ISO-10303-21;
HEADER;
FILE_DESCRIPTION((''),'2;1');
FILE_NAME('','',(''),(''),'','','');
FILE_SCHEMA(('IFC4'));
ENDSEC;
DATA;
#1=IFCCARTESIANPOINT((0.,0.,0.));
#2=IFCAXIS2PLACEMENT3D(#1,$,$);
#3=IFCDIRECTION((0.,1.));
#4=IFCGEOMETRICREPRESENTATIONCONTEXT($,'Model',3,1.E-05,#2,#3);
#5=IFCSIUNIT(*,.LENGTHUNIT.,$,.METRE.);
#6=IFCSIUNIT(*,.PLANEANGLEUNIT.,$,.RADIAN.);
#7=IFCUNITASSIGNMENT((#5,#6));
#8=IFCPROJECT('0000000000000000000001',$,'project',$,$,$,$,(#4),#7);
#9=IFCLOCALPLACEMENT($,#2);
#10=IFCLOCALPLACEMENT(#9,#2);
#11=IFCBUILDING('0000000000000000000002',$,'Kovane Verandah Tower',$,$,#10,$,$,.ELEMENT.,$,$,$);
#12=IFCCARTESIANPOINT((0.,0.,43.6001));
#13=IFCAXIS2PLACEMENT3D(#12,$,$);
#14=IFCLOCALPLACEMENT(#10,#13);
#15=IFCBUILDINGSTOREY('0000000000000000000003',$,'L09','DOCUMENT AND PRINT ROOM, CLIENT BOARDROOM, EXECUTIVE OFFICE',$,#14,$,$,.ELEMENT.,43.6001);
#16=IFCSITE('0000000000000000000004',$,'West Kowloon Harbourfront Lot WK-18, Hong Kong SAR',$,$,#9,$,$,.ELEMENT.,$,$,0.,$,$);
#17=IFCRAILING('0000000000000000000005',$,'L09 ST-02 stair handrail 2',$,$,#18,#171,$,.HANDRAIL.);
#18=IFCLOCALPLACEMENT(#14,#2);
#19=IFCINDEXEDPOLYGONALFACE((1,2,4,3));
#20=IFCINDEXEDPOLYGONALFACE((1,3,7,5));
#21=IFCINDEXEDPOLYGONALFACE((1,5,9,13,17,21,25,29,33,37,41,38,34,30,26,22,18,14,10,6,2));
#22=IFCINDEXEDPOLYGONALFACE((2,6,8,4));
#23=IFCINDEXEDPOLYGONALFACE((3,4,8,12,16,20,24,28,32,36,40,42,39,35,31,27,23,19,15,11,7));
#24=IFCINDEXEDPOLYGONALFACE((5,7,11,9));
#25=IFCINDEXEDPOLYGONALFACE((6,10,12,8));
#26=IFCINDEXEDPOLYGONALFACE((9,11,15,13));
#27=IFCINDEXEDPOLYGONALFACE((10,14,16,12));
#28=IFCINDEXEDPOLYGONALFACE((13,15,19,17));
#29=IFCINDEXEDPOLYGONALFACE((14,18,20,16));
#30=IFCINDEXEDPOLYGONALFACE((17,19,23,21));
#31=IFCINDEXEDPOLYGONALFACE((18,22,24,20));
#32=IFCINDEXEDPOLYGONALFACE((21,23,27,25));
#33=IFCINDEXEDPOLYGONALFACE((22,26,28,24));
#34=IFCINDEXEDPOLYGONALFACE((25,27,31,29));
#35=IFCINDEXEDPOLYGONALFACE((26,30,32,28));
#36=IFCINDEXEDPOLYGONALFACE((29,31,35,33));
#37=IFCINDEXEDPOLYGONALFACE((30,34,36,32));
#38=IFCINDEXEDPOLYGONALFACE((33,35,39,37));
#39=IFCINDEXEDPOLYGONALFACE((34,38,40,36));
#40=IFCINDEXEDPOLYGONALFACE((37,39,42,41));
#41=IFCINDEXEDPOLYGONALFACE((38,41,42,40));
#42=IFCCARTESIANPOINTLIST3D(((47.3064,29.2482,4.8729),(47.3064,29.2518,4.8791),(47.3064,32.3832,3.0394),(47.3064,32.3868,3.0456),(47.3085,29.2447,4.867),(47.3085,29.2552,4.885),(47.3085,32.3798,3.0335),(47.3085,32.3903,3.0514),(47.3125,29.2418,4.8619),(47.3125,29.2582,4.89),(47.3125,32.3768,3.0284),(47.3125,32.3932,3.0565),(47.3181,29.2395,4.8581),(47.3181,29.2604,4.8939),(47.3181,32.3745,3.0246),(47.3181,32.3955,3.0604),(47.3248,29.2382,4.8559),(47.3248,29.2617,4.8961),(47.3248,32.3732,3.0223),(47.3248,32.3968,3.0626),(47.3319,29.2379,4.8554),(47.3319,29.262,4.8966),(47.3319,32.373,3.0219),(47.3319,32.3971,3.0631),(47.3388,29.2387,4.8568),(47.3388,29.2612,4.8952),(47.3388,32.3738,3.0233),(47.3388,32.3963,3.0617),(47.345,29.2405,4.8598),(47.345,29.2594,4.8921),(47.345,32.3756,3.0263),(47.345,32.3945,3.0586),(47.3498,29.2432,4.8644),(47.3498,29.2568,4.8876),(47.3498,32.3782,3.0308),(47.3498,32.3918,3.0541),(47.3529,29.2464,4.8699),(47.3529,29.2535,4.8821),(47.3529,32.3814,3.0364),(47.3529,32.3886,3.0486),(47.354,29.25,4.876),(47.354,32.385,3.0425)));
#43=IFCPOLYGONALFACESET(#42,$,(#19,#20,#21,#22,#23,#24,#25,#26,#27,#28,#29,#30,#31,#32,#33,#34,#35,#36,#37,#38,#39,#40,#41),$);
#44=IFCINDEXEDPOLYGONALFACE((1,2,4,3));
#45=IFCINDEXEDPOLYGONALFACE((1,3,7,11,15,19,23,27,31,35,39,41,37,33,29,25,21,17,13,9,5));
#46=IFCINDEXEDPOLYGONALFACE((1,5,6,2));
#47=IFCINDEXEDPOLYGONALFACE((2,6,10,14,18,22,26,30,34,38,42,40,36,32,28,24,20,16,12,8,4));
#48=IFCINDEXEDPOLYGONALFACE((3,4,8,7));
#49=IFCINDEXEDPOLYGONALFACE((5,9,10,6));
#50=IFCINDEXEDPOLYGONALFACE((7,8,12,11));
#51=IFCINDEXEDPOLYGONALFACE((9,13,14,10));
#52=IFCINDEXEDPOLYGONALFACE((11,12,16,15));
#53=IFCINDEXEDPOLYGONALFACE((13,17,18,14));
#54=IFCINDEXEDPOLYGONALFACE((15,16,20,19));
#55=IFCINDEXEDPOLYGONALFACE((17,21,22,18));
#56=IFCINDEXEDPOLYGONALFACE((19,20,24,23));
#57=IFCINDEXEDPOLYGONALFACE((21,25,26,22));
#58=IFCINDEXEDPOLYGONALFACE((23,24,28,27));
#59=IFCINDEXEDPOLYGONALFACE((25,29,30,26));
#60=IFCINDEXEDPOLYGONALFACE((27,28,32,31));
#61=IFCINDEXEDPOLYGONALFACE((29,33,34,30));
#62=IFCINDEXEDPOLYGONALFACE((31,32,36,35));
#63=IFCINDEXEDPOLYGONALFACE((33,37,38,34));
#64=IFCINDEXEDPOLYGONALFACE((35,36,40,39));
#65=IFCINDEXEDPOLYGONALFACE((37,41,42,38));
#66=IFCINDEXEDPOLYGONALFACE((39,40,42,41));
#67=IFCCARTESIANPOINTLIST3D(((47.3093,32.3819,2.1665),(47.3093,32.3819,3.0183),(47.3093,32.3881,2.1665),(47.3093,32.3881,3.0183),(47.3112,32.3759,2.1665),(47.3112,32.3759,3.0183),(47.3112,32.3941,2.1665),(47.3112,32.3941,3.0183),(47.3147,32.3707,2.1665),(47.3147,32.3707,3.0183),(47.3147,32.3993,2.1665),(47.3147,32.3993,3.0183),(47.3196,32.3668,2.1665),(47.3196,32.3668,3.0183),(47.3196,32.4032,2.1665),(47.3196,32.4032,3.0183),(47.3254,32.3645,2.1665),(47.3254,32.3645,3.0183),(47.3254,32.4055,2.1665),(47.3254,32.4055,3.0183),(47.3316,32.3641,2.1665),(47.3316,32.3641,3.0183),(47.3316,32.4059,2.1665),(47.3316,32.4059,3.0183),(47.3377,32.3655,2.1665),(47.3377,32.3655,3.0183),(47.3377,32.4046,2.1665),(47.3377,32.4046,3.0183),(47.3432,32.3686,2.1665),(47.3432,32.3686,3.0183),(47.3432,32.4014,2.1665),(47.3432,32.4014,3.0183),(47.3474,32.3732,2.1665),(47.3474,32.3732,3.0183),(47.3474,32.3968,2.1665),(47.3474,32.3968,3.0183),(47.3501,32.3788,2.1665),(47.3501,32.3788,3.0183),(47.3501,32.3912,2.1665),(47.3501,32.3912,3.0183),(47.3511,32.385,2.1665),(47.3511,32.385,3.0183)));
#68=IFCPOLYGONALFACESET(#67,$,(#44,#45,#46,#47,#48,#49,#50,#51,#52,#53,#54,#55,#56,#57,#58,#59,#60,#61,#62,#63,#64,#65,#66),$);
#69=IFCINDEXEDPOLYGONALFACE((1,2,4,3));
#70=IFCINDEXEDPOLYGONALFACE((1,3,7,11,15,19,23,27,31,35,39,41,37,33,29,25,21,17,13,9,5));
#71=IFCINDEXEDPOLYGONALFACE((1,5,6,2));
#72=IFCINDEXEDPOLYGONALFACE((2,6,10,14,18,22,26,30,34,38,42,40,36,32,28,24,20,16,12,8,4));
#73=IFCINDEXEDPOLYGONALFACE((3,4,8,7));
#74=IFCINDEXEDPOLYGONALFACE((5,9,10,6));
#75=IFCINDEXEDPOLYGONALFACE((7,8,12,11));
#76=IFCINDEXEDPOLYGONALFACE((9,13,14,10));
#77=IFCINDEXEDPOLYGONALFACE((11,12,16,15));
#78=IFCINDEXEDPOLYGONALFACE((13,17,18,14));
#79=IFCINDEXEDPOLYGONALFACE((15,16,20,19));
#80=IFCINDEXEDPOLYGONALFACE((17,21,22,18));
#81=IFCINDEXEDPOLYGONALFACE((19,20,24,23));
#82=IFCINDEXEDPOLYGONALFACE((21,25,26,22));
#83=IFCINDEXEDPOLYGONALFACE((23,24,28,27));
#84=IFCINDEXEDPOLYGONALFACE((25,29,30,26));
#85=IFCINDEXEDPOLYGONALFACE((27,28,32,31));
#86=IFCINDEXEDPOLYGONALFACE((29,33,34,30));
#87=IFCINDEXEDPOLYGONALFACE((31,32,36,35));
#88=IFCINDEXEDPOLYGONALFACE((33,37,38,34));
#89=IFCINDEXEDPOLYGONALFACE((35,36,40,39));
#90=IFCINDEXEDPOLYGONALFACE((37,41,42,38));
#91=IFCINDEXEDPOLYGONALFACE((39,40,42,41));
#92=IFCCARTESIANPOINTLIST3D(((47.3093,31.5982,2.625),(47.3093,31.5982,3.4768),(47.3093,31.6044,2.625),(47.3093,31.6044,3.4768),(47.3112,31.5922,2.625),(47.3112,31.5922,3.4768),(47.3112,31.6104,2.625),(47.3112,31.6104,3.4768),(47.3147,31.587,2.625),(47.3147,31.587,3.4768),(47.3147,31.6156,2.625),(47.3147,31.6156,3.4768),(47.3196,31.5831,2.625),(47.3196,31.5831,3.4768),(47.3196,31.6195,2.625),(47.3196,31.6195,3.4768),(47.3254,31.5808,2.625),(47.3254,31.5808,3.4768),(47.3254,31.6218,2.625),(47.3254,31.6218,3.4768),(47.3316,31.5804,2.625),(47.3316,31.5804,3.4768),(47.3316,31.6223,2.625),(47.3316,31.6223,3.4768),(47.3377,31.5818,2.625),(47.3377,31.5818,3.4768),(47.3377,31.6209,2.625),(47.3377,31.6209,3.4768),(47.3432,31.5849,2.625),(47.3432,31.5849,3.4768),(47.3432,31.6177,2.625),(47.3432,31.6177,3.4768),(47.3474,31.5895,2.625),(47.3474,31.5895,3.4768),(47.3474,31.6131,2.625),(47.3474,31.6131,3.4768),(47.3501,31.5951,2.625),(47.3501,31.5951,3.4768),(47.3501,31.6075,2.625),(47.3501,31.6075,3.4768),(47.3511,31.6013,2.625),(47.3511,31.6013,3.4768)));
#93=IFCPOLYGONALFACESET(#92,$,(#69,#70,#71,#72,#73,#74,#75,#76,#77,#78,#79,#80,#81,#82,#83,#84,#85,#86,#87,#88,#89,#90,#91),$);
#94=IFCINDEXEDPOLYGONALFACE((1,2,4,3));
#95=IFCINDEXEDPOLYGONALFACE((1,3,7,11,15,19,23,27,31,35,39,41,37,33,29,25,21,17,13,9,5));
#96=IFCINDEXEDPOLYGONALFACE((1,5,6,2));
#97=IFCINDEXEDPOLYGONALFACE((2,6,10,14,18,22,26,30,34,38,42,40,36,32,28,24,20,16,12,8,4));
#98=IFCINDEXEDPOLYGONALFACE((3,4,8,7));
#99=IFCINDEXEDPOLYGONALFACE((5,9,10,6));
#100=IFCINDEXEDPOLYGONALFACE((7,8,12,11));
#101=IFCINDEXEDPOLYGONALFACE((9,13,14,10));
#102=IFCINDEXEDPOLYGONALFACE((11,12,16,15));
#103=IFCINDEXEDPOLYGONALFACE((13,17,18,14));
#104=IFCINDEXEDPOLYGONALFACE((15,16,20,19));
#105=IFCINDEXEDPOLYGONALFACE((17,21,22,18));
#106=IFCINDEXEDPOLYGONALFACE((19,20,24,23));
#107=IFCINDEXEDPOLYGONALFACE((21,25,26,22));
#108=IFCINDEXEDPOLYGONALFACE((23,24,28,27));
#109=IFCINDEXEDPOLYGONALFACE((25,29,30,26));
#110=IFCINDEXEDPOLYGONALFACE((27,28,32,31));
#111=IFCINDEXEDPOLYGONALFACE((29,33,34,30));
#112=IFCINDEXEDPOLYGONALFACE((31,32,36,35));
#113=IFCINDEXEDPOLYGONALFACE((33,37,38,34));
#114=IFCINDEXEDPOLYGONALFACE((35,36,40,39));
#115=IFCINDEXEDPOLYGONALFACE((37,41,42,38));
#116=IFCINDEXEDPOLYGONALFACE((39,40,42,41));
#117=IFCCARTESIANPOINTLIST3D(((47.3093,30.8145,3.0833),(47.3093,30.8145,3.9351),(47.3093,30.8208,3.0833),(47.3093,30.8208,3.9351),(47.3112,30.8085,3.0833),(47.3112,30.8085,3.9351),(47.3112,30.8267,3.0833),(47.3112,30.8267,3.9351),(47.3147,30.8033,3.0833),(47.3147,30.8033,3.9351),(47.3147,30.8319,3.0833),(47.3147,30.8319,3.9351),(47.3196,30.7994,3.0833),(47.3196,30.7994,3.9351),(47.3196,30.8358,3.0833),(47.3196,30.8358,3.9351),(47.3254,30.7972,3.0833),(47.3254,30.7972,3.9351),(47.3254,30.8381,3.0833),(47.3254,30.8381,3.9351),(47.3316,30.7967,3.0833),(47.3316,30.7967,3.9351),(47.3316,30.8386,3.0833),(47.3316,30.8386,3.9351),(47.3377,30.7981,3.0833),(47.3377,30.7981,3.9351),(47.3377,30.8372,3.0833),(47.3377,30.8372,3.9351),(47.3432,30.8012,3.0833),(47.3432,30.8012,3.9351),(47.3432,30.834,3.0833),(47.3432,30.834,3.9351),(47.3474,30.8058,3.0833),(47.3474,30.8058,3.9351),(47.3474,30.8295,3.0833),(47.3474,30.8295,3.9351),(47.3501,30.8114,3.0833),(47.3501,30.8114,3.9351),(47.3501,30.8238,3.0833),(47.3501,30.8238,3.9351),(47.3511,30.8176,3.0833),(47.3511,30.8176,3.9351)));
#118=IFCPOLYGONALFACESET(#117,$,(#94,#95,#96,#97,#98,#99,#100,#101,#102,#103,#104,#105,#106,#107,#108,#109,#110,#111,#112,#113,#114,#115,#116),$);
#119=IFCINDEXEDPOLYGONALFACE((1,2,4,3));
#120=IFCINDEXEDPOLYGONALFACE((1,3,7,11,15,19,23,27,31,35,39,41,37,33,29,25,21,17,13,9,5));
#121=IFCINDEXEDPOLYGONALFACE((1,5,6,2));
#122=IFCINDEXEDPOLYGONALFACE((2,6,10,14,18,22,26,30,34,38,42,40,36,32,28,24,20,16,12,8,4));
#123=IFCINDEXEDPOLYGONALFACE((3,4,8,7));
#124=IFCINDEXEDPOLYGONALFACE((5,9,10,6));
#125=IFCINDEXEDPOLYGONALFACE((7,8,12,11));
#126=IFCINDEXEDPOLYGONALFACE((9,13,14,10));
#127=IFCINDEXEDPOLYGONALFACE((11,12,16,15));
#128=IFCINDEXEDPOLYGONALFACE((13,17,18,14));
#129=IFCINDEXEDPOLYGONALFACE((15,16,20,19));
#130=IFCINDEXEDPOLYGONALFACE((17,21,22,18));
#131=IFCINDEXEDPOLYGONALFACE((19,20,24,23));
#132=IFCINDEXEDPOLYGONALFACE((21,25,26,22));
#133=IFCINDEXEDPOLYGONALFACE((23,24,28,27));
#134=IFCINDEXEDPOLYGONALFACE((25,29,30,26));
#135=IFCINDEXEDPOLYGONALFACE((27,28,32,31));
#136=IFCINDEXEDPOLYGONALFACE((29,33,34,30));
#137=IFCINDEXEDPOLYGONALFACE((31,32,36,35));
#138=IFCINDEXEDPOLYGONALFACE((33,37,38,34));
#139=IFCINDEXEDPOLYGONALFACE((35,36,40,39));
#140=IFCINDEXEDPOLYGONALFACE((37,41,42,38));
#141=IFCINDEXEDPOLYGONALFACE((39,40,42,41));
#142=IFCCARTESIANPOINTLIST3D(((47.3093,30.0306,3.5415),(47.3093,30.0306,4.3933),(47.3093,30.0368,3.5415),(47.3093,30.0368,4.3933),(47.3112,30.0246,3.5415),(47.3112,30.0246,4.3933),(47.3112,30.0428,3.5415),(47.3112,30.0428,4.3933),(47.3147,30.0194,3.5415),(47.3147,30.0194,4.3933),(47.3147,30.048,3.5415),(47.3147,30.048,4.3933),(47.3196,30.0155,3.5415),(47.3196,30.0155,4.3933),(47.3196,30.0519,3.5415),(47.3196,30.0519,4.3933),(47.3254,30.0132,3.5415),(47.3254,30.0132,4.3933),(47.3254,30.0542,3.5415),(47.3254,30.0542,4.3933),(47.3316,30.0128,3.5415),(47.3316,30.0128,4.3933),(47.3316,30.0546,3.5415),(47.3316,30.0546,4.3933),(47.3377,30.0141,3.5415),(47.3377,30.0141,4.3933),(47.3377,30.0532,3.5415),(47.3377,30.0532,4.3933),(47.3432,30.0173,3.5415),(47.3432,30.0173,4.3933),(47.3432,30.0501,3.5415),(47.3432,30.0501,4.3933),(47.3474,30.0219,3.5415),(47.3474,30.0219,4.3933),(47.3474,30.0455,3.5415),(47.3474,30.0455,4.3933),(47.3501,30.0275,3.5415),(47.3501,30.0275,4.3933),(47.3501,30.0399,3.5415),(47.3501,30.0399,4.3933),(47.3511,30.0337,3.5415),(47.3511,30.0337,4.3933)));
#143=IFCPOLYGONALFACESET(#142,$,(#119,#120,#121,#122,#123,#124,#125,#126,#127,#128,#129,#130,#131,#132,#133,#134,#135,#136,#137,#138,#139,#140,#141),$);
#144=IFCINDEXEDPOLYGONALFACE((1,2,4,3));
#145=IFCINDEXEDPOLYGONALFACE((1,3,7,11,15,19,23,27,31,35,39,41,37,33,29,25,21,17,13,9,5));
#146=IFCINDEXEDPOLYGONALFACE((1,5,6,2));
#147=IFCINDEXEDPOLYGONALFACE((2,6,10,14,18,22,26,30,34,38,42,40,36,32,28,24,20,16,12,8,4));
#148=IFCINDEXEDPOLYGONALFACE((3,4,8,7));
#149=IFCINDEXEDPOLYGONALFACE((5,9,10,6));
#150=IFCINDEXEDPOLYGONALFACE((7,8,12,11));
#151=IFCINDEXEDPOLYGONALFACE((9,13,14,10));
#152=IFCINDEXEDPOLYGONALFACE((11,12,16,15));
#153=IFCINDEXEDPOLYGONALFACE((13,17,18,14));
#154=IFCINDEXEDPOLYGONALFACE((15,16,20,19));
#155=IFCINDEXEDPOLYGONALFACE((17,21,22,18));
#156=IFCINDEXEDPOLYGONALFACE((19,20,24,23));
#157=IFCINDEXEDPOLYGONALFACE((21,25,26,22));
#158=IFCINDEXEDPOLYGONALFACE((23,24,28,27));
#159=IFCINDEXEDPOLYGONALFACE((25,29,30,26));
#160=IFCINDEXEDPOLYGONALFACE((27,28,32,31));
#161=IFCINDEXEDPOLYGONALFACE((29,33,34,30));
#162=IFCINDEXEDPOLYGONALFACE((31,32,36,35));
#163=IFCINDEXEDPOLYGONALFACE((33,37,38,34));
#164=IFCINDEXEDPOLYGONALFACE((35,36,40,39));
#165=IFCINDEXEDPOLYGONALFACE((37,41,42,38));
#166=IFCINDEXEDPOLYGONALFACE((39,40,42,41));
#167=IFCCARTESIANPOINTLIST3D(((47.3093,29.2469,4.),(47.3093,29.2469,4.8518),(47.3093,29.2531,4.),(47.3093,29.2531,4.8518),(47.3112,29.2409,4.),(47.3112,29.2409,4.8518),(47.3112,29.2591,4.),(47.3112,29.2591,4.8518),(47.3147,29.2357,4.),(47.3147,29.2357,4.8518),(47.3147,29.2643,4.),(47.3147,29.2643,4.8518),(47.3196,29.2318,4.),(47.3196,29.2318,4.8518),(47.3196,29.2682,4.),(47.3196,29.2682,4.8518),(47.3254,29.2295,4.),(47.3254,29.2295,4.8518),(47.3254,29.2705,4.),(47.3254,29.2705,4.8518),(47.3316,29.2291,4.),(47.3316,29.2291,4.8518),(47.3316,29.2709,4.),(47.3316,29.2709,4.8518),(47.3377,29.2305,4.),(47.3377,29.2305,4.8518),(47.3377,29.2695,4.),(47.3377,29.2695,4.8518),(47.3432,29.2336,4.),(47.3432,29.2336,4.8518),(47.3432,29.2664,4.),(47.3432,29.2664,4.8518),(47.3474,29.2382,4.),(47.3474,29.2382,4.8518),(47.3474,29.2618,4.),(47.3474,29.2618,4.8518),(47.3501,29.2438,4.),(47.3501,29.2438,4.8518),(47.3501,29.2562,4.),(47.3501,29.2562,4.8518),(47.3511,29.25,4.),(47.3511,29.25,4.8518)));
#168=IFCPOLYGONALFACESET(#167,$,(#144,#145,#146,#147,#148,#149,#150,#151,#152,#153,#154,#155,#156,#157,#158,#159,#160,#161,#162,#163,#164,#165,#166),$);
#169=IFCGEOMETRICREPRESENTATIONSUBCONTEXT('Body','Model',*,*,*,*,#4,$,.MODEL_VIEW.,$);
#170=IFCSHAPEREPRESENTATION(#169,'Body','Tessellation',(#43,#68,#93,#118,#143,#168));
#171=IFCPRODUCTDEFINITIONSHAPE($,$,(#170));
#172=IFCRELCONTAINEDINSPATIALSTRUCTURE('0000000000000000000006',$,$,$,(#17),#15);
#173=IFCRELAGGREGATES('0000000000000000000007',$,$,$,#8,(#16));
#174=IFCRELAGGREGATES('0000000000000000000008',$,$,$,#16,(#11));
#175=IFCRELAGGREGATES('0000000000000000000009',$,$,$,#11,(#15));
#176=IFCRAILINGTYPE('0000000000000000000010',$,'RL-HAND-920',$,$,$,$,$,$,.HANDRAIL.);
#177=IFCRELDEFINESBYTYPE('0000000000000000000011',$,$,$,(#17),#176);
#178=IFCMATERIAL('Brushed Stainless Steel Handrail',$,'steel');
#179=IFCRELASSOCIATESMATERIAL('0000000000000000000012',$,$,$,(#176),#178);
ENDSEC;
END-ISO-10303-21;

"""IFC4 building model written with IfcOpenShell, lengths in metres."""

from ifc_helpers import new_model, si_unit, direction, frame, origin, origin_2d, place, context, subcontext, project, spatial, circle, extrude, material, type_object, element, save


model = new_model("IFC4")

# Units and contexts
model_context = context("Model", 3, precision=1e-05, world=origin(), true_north=direction((0.0, 1.0)))
body_context = subcontext(model_context, "Body", "Model", "MODEL_VIEW")
ifc_project = project(units=[si_unit("LENGTHUNIT", "METRE"), si_unit("PLANEANGLEUNIT", "RADIAN")], contexts=[model_context])

# Site, building, storey
site_placement = place(None, origin())
site = spatial("IfcSite", under=ifc_project, at=site_placement, Name="West Kowloon Harbourfront Lot WK-18, Hong Kong SAR", CompositionType="ELEMENT", RefElevation=0.0)
building_placement = place(site_placement, origin())
building = spatial("IfcBuilding", under=site, at=building_placement, Name="Kovane Verandah Tower", CompositionType="ELEMENT")
storey_placement = place(building_placement, frame((0.0, 0.0, 43.6001)))
storey = spatial("IfcBuildingStorey", under=building, at=storey_placement, Name="L09", Description="DOCUMENT AND PRINT ROOM, CLIENT BOARDROOM, EXECUTIVE OFFICE", CompositionType="ELEMENT", Elevation=43.6001)

# Railing
ifc_material_1 = material(Name="Brushed Stainless Steel Handrail", Category="steel")
railing_type_1 = type_object("IfcRailingType", Name="RL-HAND-920", PredefinedType="HANDRAIL", material=ifc_material_1)
railing_1_placement = place(storey_placement, frame((47.3301, 32.385, 2.1665)))
element("IfcRailing", 1, at=railing_1_placement, inside=storey, type_object=railing_type_1, Name="L09 ST-02 stair handrail 2", PredefinedType="HANDRAIL", context=body_context, shape_type="SweptSolid", body=[
    extrude(circle(Radius=0.0239, at=origin_2d()), frame((0.0, 0.0, 0.876), z_axis=(0.0, -0.86321, 0.504845), x_axis=(1.0, 0.0, 0.0)), (0.0, 0.0, 1.0), 3.6318),
    extrude(circle(Radius=0.021, at=origin_2d()), origin(), (0.0, 0.0, 1.0), 0.8518),
    extrude(circle(Radius=0.021, at=origin_2d()), frame((0.0, -0.7837, 0.4585)), (0.0, 0.0, 1.0), 0.8518),
    extrude(circle(Radius=0.021, at=origin_2d()), frame((0.0, -1.5674, 0.9167)), (0.0, 0.0, 1.0), 0.8518),
    extrude(circle(Radius=0.021, at=origin_2d()), frame((0.0, -2.3513, 1.375)), (0.0, 0.0, 1.0), 0.8518),
    extrude(circle(Radius=0.021, at=origin_2d()), frame((0.0, -3.135, 1.8335)), (0.0, 0.0, 1.0), 0.8518),
])

save(model, "model.ifc")
